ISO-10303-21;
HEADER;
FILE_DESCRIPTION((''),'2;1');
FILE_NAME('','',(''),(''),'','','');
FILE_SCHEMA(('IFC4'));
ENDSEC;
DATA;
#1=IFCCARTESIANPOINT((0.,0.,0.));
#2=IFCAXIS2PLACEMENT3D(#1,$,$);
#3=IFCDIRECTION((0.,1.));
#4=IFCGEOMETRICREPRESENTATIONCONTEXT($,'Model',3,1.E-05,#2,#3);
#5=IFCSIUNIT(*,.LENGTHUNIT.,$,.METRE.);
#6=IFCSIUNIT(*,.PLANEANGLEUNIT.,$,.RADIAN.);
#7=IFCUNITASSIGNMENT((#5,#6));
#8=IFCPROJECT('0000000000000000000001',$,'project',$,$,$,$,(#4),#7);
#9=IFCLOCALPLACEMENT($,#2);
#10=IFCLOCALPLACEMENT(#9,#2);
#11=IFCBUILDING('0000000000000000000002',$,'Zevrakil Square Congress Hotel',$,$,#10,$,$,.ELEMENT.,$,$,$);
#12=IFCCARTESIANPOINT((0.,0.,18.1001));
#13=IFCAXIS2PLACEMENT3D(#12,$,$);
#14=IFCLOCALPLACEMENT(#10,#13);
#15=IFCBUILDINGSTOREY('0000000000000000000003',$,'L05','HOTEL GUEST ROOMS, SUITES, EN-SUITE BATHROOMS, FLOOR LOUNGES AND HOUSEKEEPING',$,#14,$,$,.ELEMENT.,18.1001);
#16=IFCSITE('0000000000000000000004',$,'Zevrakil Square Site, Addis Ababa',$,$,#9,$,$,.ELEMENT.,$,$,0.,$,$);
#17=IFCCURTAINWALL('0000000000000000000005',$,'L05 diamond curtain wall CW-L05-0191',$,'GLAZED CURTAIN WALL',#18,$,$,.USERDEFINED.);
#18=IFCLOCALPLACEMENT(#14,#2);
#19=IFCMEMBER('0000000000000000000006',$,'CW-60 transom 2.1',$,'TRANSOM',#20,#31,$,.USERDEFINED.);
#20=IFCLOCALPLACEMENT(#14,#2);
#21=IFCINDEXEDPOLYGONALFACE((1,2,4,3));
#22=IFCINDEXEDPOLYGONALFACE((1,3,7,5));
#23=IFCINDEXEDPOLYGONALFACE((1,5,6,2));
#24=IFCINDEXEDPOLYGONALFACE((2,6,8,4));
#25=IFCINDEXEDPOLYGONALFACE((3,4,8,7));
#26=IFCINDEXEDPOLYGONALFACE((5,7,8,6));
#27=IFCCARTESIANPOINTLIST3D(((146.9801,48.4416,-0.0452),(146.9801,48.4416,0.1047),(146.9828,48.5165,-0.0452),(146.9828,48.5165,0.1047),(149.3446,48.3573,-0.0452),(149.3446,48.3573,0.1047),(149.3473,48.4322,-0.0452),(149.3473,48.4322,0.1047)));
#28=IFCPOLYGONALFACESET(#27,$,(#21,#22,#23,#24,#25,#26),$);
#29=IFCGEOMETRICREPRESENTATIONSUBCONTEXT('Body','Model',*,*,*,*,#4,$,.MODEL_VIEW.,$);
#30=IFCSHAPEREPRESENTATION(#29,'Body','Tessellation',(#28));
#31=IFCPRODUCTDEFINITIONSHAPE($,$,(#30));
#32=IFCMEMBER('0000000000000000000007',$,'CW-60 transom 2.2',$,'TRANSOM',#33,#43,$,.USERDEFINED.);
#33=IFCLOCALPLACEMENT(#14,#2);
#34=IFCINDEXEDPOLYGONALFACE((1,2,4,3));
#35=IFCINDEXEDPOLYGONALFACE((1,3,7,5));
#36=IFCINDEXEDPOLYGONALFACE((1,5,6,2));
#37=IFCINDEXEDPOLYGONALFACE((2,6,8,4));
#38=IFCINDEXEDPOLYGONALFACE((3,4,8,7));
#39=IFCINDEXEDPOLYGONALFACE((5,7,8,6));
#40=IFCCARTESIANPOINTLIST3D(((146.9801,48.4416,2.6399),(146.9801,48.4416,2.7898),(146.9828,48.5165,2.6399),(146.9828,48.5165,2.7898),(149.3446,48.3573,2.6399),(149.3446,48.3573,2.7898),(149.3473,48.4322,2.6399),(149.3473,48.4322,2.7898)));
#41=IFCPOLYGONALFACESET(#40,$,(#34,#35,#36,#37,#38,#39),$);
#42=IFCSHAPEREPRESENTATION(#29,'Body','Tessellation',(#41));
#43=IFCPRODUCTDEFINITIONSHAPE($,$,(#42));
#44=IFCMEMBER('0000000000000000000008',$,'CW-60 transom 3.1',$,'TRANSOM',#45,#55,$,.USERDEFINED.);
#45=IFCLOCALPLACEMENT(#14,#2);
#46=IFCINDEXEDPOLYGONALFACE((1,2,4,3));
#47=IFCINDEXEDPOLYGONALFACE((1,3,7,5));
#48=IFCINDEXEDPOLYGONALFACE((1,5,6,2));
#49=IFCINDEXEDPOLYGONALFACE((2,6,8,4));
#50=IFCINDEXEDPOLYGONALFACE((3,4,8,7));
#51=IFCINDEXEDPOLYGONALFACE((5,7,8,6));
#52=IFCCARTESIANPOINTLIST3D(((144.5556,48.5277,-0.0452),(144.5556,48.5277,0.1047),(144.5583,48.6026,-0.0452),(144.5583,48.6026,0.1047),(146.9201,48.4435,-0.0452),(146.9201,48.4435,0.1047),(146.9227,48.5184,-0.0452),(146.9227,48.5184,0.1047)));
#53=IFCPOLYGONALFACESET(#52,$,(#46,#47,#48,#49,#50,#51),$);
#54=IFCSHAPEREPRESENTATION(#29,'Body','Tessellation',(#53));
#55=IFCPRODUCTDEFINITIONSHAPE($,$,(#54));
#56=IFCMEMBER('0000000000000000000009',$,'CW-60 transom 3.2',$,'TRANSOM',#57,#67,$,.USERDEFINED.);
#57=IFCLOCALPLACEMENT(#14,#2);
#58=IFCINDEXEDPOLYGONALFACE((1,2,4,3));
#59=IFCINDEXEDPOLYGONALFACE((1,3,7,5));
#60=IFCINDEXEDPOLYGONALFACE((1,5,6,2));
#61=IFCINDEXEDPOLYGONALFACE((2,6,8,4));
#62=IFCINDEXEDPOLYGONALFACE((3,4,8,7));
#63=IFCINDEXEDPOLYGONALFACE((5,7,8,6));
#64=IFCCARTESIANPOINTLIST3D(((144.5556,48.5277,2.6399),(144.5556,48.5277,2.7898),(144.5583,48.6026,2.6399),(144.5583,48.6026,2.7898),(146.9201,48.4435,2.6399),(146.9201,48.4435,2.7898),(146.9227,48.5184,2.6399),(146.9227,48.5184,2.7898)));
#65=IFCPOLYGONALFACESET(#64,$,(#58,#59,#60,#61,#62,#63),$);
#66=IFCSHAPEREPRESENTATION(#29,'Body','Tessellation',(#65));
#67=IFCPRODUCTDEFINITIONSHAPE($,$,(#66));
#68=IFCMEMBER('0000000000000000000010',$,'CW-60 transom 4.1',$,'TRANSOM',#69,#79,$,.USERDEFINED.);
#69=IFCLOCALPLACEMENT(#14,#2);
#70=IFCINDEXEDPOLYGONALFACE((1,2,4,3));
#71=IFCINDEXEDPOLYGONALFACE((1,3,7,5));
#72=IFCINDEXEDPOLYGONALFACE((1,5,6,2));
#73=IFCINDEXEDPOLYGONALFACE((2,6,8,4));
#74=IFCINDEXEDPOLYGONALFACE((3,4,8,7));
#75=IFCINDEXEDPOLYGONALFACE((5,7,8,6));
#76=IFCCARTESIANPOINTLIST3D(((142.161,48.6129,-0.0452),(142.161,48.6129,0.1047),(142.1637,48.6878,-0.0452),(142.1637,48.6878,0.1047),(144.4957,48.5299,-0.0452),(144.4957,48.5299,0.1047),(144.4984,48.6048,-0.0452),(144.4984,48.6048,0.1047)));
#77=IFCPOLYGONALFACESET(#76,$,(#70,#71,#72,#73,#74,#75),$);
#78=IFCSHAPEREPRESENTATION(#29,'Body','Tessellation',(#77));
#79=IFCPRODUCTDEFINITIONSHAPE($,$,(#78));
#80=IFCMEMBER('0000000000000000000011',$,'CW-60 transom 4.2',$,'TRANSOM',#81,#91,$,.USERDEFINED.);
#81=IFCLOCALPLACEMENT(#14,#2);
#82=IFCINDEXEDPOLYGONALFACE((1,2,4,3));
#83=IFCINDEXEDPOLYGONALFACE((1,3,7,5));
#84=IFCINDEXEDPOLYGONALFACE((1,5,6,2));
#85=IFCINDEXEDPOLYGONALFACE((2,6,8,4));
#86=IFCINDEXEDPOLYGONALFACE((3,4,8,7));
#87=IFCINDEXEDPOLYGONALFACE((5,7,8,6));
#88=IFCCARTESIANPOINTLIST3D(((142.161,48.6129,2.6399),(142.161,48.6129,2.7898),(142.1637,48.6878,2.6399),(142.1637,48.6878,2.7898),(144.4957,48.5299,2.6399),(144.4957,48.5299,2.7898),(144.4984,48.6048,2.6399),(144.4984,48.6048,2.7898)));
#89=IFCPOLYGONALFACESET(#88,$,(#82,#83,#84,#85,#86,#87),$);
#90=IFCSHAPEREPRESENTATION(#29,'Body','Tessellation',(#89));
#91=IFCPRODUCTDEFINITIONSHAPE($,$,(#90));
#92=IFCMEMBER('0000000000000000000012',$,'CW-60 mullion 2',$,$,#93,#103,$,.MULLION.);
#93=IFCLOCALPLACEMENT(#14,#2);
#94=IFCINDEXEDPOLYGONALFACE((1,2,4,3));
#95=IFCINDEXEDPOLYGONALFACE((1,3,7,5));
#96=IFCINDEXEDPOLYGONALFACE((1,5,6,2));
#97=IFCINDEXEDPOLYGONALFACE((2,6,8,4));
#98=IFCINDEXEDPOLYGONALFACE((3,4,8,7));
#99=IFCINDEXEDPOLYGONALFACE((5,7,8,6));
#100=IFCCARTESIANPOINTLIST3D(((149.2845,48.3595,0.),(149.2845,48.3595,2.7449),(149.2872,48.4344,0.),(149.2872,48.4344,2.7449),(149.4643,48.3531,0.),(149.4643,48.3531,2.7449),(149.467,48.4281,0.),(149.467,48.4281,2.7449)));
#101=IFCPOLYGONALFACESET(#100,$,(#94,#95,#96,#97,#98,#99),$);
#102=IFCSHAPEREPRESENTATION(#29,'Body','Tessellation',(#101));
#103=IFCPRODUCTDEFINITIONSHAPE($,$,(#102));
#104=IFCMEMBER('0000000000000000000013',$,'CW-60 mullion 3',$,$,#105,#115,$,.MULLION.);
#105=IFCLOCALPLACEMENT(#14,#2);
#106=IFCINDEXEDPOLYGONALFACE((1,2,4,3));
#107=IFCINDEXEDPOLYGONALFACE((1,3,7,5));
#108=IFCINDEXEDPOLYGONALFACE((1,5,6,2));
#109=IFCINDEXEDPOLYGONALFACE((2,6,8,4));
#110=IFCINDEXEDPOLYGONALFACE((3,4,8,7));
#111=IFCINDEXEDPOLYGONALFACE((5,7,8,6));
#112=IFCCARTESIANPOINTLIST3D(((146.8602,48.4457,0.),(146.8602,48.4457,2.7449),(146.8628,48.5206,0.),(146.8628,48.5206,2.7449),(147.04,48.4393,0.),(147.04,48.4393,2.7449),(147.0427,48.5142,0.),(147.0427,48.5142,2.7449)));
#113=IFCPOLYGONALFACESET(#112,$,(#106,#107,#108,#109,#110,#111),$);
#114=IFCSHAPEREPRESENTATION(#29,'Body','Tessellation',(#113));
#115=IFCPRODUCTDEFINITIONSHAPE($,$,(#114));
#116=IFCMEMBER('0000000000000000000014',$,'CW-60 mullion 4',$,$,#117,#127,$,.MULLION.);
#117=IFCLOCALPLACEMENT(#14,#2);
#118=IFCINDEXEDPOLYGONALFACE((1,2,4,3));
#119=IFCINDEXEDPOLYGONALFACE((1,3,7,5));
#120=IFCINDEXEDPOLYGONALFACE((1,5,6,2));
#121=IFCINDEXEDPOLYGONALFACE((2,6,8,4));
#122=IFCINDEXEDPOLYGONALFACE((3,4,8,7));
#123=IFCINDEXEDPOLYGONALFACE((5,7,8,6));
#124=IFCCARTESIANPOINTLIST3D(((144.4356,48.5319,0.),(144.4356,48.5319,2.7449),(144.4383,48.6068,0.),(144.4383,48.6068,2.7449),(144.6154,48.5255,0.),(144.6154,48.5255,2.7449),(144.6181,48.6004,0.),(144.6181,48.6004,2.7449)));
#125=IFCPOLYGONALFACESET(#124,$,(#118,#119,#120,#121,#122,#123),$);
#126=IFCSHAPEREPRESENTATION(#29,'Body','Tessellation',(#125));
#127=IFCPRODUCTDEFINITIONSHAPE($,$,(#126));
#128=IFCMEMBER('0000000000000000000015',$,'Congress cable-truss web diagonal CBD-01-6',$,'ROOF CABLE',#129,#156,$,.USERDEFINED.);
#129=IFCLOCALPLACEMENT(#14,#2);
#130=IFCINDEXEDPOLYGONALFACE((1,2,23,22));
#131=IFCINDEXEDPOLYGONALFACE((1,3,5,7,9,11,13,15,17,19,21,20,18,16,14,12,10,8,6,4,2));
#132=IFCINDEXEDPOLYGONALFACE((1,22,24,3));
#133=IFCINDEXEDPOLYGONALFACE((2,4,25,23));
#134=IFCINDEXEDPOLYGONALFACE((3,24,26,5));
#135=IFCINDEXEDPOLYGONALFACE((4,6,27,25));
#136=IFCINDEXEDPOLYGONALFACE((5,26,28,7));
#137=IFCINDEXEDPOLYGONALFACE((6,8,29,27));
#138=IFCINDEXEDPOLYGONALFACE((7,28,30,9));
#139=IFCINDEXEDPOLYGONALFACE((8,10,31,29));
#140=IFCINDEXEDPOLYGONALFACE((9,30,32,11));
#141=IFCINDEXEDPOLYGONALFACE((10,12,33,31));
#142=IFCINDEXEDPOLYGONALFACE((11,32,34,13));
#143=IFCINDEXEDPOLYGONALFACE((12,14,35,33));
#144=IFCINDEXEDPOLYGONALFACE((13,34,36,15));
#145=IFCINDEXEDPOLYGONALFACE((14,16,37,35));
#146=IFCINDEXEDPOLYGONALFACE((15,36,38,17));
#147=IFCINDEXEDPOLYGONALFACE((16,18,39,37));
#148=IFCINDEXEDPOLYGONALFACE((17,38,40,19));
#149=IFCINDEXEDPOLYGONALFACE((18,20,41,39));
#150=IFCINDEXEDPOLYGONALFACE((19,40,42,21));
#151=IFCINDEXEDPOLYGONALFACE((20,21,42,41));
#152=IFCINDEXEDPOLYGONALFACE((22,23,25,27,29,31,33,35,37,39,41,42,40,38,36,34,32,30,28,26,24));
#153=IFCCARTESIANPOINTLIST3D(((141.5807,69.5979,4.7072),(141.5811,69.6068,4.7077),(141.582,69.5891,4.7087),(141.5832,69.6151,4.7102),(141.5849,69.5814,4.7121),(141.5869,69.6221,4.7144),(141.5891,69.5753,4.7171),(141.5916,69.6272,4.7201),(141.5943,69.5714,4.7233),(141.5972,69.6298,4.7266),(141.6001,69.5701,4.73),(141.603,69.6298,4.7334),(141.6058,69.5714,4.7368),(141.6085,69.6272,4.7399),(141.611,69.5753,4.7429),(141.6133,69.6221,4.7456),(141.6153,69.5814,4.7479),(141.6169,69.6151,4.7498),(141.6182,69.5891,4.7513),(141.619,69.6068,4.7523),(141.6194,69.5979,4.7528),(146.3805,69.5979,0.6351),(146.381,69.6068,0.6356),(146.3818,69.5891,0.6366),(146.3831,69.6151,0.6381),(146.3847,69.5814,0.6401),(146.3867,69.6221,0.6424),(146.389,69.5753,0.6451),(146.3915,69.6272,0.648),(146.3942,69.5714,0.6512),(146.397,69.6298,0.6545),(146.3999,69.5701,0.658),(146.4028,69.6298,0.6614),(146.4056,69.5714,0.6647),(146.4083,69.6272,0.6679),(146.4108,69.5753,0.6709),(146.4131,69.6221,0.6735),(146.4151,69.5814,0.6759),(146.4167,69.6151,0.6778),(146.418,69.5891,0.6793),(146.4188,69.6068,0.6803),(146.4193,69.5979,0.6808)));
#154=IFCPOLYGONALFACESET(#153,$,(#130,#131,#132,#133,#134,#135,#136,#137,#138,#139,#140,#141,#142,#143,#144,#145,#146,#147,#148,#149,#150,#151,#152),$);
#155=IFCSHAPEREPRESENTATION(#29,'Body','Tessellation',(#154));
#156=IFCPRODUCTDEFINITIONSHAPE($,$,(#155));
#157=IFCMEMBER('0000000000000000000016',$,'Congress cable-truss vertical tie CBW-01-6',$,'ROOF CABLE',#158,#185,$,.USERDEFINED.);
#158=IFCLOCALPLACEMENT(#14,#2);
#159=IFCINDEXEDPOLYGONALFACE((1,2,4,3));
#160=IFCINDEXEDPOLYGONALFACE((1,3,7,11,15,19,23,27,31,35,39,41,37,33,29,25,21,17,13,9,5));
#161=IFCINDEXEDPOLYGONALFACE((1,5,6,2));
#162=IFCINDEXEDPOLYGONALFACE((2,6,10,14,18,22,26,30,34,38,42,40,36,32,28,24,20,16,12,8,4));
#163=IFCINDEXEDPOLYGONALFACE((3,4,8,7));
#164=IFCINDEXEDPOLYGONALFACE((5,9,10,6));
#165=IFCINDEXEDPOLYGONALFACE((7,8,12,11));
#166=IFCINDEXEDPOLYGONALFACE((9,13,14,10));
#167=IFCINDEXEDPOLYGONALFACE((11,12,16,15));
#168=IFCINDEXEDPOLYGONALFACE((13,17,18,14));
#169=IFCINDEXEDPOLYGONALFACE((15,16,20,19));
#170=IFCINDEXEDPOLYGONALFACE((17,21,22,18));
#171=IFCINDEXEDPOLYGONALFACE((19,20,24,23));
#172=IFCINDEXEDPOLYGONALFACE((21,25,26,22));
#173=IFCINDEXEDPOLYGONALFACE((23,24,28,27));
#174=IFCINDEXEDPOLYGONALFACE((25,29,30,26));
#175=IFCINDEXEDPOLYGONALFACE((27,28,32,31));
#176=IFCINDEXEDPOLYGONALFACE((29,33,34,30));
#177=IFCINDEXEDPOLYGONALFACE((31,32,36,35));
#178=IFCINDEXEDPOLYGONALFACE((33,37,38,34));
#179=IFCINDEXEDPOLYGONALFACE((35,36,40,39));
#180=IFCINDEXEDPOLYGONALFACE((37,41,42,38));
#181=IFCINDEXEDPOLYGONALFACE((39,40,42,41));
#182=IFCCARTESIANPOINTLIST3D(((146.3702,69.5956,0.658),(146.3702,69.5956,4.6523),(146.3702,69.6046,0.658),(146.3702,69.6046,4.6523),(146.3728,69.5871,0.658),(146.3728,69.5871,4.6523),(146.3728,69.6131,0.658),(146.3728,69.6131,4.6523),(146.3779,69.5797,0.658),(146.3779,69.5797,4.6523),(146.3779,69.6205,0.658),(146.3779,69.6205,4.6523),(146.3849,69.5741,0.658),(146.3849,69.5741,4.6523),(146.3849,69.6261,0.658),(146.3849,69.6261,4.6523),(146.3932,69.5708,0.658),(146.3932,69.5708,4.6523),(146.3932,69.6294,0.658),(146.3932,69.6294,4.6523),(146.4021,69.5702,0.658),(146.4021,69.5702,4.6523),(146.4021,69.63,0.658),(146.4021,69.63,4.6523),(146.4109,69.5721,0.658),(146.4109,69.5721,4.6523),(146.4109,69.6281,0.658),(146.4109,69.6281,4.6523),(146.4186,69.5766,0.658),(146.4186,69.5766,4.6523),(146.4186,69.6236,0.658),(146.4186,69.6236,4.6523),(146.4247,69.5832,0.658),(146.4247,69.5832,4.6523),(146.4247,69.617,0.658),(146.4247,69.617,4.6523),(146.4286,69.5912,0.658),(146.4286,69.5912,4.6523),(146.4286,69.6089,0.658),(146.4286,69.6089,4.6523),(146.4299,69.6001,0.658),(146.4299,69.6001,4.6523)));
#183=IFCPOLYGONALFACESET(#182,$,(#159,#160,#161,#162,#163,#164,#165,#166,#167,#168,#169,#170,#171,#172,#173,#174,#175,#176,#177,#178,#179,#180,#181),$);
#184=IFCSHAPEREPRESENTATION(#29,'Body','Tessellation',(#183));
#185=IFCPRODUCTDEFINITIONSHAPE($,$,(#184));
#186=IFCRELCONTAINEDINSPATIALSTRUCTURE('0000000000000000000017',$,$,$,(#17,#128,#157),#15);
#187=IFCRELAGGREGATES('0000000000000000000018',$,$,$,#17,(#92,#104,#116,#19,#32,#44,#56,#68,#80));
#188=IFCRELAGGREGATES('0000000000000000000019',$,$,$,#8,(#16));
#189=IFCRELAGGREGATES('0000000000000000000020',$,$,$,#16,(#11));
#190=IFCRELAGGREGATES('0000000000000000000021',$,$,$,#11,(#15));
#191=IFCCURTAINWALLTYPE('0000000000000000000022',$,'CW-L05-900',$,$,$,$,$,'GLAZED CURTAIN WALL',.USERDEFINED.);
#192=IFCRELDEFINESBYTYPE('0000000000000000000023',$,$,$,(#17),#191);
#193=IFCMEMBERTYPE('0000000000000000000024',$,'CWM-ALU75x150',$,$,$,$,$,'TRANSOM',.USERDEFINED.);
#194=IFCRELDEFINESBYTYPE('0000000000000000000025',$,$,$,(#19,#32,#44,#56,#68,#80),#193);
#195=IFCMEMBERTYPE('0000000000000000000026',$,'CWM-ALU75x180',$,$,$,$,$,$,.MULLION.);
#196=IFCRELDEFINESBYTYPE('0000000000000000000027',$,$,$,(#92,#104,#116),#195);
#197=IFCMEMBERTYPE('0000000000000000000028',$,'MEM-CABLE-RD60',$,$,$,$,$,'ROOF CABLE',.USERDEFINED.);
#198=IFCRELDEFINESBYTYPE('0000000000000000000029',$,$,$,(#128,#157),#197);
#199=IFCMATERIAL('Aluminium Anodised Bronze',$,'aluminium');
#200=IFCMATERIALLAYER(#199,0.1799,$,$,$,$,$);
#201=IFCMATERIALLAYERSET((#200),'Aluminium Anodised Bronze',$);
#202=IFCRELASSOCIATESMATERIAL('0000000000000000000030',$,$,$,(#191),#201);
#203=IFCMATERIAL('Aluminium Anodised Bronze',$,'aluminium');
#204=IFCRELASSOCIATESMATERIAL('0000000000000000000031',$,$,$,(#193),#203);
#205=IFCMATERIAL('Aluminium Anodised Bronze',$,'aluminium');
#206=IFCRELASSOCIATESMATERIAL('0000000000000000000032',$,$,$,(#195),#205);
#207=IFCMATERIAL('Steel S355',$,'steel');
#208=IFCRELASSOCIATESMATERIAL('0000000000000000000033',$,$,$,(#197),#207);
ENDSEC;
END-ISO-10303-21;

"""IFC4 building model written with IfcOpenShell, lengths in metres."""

from ifc_helpers import new_model, si_unit, direction, frame, origin, origin_2d, place, context, subcontext, project, spatial, rectangle, circle, extrude, material, layer, layer_set, material_profile, profile_set, type_object, element, aggregate, save


model = new_model("IFC4")

# Units and contexts
model_context = context("Model", 3, precision=1e-05, world=origin(), true_north=direction((0.0, 1.0)))
body_context = subcontext(model_context, "Body", "Model", "MODEL_VIEW")
ifc_project = project(units=[si_unit("LENGTHUNIT", "METRE"), si_unit("PLANEANGLEUNIT", "RADIAN")], contexts=[model_context])

# Site, building, storey
site_placement = place(None, origin())
site = spatial("IfcSite", under=ifc_project, at=site_placement, Name="Zevrakil Square Site, Addis Ababa", CompositionType="ELEMENT", RefElevation=0.0)
building_placement = place(site_placement, origin())
building = spatial("IfcBuilding", under=site, at=building_placement, Name="Zevrakil Square Congress Hotel", CompositionType="ELEMENT")
storey_placement = place(building_placement, frame((0.0, 0.0, 18.1001)))
storey = spatial("IfcBuildingStorey", under=building, at=storey_placement, Name="L05", Description="HOTEL GUEST ROOMS, SUITES, EN-SUITE BATHROOMS, FLOOR LOUNGES AND HOUSEKEEPING", CompositionType="ELEMENT", Elevation=18.1001)

# Curtain wall, members
ifc_material_1 = material(Name="Aluminium Anodised Bronze", Category="aluminium")
ifc_layer_1 = layer(ifc_material_1, 0.1799)
ifc_layer_set_1 = layer_set([ifc_layer_1], Name="Aluminium Anodised Bronze")
curtain_wall_type = type_object("IfcCurtainWallType", Name="CW-L05-900", ElementType="GLAZED CURTAIN WALL", PredefinedType="USERDEFINED", material=ifc_layer_set_1)
curtain_wall_placement = place(storey_placement, origin())
curtain_wall = element("IfcCurtainWall", 1, at=curtain_wall_placement, inside=storey, type_object=curtain_wall_type, Name="L05 diamond curtain wall CW-L05-0191", ObjectType="GLAZED CURTAIN WALL", PredefinedType="USERDEFINED")
ifc_material_2 = material(Name="Aluminium Anodised Bronze", Category="aluminium")
ifc_material_profile_1 = material_profile(ifc_material_2, rectangle(XDim=0.075, YDim=0.1499, at=origin_2d()), Name="ALU 75x150")
ifc_profile_set_1 = profile_set([ifc_material_profile_1], Name="Aluminium Anodised Bronze")
member_type_1 = type_object("IfcMemberType", Name="CWM-ALU75x150", ElementType="TRANSOM", PredefinedType="USERDEFINED", material=ifc_profile_set_1)
member_1_placement = place(storey_placement, frame((149.3459, 48.3948, 0.0298), z_axis=(-0.999366, 0.0356, 0.0), x_axis=(-0.0356, -0.999366, 0.0)))
member_1 = element("IfcMember", 2, at=member_1_placement, type_object=member_type_1, Name="CW-60 transom 2.1", ObjectType="TRANSOM", PredefinedType="USERDEFINED", context=body_context, shape_type="SweptSolid", body=[
    extrude(rectangle(XDim=0.075, YDim=0.1499, at=origin_2d()), origin(), (0.0, 0.0, 1.0), 2.366),
])
member_2_placement = place(storey_placement, frame((149.3459, 48.3948, 2.7148), z_axis=(-0.999366, 0.0356, 0.0), x_axis=(-0.0356, -0.999366, 0.0)))
member_2 = element("IfcMember", 3, at=member_2_placement, type_object=member_type_1, Name="CW-60 transom 2.2", ObjectType="TRANSOM", PredefinedType="USERDEFINED", context=body_context, shape_type="SweptSolid", body=[
    extrude(rectangle(XDim=0.075, YDim=0.1499, at=origin_2d()), origin(), (0.0, 0.0, 1.0), 2.366),
])
member_3_placement = place(storey_placement, frame((146.9214, 48.481, 0.0298), z_axis=(-0.999366, 0.0356, 0.0), x_axis=(-0.0356, -0.999366, 0.0)))
member_3 = element("IfcMember", 4, at=member_3_placement, type_object=member_type_1, Name="CW-60 transom 3.1", ObjectType="TRANSOM", PredefinedType="USERDEFINED", context=body_context, shape_type="SweptSolid", body=[
    extrude(rectangle(XDim=0.075, YDim=0.1499, at=origin_2d()), origin(), (0.0, 0.0, 1.0), 2.366),
])
member_4_placement = place(storey_placement, frame((146.9214, 48.481, 2.7148), z_axis=(-0.999366, 0.0356, 0.0), x_axis=(-0.0356, -0.999366, 0.0)))
member_4 = element("IfcMember", 5, at=member_4_placement, type_object=member_type_1, Name="CW-60 transom 3.2", ObjectType="TRANSOM", PredefinedType="USERDEFINED", context=body_context, shape_type="SweptSolid", body=[
    extrude(rectangle(XDim=0.075, YDim=0.1499, at=origin_2d()), origin(), (0.0, 0.0, 1.0), 2.366),
])
member_5_placement = place(storey_placement, frame((144.4971, 48.5674, 0.0298), z_axis=(-0.999369, 0.035531, 0.0), x_axis=(-0.035531, -0.999369, 0.0)))
member_5 = element("IfcMember", 6, at=member_5_placement, type_object=member_type_1, Name="CW-60 transom 4.1", ObjectType="TRANSOM", PredefinedType="USERDEFINED", context=body_context, shape_type="SweptSolid", body=[
    extrude(rectangle(XDim=0.075, YDim=0.1499, at=origin_2d()), origin(), (0.0, 0.0, 1.0), 2.3362),
])
member_6_placement = place(storey_placement, frame((144.4971, 48.5674, 2.7148), z_axis=(-0.999369, 0.035531, 0.0), x_axis=(-0.035531, -0.999369, 0.0)))
member_6 = element("IfcMember", 7, at=member_6_placement, type_object=member_type_1, Name="CW-60 transom 4.2", ObjectType="TRANSOM", PredefinedType="USERDEFINED", context=body_context, shape_type="SweptSolid", body=[
    extrude(rectangle(XDim=0.075, YDim=0.1499, at=origin_2d()), origin(), (0.0, 0.0, 1.0), 2.3362),
])
ifc_material_3 = material(Name="Aluminium Anodised Bronze", Category="aluminium")
ifc_material_profile_2 = material_profile(ifc_material_3, rectangle(XDim=0.075, YDim=0.1799, at=origin_2d()), Name="ALU 75x180")
ifc_profile_set_2 = profile_set([ifc_material_profile_2], Name="Aluminium Anodised Bronze")
member_type_2 = type_object("IfcMemberType", Name="CWM-ALU75x180", PredefinedType="MULLION", material=ifc_profile_set_2)
member_7_placement = place(storey_placement, frame((149.3757, 48.3938, 0.0), z_axis=(0.0, 0.0, 1.0), x_axis=(-0.035553, -0.999368, 0.0)))
member_7 = element("IfcMember", 8, at=member_7_placement, type_object=member_type_2, Name="CW-60 mullion 2", PredefinedType="MULLION", context=body_context, shape_type="SweptSolid", body=[
    extrude(rectangle(XDim=0.075, YDim=0.1799, at=origin_2d()), origin(), (0.0, 0.0, 1.0), 2.7449),
])
member_8_placement = place(storey_placement, frame((146.9514, 48.48, 0.0), z_axis=(0.0, 0.0, 1.0), x_axis=(-0.035553, -0.999368, 0.0)))
member_8 = element("IfcMember", 9, at=member_8_placement, type_object=member_type_2, Name="CW-60 mullion 3", PredefinedType="MULLION", context=body_context, shape_type="SweptSolid", body=[
    extrude(rectangle(XDim=0.075, YDim=0.1799, at=origin_2d()), origin(), (0.0, 0.0, 1.0), 2.7449),
])
member_9_placement = place(storey_placement, frame((144.5269, 48.5662, 0.0), z_axis=(0.0, 0.0, 1.0), x_axis=(-0.035553, -0.999368, 0.0)))
member_9 = element("IfcMember", 10, at=member_9_placement, type_object=member_type_2, Name="CW-60 mullion 4", PredefinedType="MULLION", context=body_context, shape_type="SweptSolid", body=[
    extrude(rectangle(XDim=0.075, YDim=0.1799, at=origin_2d()), origin(), (0.0, 0.0, 1.0), 2.7449),
])

# Members
ifc_material_4 = material(Name="Steel S355", Category="steel")
ifc_material_profile_3 = material_profile(ifc_material_4, circle(Radius=0.03, at=origin_2d()), Name="CABLE RD60")
ifc_profile_set_3 = profile_set([ifc_material_profile_3], Name="Steel S355")
member_type_3 = type_object("IfcMemberType", Name="MEM-CABLE-RD60", ElementType="ROOF CABLE", PredefinedType="USERDEFINED", material=ifc_profile_set_3)
member_10_placement = place(storey_placement, frame((146.3999, 69.6001, 0.658), z_axis=(-0.762551, 0.0, 0.646928), x_axis=(0.0, -1.0, 0.0)))
element("IfcMember", 11, at=member_10_placement, inside=storey, type_object=member_type_3, Name="Congress cable-truss web diagonal CBD-01-6", ObjectType="ROOF CABLE", PredefinedType="USERDEFINED", context=body_context, shape_type="SweptSolid", body=[
    extrude(circle(Radius=0.03, at=origin_2d()), origin(), (0.0, 0.0, 1.0), 6.2944),
])
member_11_placement = place(storey_placement, frame((146.3999, 69.6001, 0.658), z_axis=(0.0, 0.0, 1.0), x_axis=(1.0, 0.0, 0.0)))
element("IfcMember", 12, at=member_11_placement, inside=storey, type_object=member_type_3, Name="Congress cable-truss vertical tie CBW-01-6", ObjectType="ROOF CABLE", PredefinedType="USERDEFINED", context=body_context, shape_type="SweptSolid", body=[
    extrude(circle(Radius=0.03, at=origin_2d()), origin(), (0.0, 0.0, 1.0), 3.9944),
])

aggregate(curtain_wall, [member_7, member_8, member_9, member_1, member_2, member_3, member_4, member_5, member_6])

save(model, "model.ifc")
